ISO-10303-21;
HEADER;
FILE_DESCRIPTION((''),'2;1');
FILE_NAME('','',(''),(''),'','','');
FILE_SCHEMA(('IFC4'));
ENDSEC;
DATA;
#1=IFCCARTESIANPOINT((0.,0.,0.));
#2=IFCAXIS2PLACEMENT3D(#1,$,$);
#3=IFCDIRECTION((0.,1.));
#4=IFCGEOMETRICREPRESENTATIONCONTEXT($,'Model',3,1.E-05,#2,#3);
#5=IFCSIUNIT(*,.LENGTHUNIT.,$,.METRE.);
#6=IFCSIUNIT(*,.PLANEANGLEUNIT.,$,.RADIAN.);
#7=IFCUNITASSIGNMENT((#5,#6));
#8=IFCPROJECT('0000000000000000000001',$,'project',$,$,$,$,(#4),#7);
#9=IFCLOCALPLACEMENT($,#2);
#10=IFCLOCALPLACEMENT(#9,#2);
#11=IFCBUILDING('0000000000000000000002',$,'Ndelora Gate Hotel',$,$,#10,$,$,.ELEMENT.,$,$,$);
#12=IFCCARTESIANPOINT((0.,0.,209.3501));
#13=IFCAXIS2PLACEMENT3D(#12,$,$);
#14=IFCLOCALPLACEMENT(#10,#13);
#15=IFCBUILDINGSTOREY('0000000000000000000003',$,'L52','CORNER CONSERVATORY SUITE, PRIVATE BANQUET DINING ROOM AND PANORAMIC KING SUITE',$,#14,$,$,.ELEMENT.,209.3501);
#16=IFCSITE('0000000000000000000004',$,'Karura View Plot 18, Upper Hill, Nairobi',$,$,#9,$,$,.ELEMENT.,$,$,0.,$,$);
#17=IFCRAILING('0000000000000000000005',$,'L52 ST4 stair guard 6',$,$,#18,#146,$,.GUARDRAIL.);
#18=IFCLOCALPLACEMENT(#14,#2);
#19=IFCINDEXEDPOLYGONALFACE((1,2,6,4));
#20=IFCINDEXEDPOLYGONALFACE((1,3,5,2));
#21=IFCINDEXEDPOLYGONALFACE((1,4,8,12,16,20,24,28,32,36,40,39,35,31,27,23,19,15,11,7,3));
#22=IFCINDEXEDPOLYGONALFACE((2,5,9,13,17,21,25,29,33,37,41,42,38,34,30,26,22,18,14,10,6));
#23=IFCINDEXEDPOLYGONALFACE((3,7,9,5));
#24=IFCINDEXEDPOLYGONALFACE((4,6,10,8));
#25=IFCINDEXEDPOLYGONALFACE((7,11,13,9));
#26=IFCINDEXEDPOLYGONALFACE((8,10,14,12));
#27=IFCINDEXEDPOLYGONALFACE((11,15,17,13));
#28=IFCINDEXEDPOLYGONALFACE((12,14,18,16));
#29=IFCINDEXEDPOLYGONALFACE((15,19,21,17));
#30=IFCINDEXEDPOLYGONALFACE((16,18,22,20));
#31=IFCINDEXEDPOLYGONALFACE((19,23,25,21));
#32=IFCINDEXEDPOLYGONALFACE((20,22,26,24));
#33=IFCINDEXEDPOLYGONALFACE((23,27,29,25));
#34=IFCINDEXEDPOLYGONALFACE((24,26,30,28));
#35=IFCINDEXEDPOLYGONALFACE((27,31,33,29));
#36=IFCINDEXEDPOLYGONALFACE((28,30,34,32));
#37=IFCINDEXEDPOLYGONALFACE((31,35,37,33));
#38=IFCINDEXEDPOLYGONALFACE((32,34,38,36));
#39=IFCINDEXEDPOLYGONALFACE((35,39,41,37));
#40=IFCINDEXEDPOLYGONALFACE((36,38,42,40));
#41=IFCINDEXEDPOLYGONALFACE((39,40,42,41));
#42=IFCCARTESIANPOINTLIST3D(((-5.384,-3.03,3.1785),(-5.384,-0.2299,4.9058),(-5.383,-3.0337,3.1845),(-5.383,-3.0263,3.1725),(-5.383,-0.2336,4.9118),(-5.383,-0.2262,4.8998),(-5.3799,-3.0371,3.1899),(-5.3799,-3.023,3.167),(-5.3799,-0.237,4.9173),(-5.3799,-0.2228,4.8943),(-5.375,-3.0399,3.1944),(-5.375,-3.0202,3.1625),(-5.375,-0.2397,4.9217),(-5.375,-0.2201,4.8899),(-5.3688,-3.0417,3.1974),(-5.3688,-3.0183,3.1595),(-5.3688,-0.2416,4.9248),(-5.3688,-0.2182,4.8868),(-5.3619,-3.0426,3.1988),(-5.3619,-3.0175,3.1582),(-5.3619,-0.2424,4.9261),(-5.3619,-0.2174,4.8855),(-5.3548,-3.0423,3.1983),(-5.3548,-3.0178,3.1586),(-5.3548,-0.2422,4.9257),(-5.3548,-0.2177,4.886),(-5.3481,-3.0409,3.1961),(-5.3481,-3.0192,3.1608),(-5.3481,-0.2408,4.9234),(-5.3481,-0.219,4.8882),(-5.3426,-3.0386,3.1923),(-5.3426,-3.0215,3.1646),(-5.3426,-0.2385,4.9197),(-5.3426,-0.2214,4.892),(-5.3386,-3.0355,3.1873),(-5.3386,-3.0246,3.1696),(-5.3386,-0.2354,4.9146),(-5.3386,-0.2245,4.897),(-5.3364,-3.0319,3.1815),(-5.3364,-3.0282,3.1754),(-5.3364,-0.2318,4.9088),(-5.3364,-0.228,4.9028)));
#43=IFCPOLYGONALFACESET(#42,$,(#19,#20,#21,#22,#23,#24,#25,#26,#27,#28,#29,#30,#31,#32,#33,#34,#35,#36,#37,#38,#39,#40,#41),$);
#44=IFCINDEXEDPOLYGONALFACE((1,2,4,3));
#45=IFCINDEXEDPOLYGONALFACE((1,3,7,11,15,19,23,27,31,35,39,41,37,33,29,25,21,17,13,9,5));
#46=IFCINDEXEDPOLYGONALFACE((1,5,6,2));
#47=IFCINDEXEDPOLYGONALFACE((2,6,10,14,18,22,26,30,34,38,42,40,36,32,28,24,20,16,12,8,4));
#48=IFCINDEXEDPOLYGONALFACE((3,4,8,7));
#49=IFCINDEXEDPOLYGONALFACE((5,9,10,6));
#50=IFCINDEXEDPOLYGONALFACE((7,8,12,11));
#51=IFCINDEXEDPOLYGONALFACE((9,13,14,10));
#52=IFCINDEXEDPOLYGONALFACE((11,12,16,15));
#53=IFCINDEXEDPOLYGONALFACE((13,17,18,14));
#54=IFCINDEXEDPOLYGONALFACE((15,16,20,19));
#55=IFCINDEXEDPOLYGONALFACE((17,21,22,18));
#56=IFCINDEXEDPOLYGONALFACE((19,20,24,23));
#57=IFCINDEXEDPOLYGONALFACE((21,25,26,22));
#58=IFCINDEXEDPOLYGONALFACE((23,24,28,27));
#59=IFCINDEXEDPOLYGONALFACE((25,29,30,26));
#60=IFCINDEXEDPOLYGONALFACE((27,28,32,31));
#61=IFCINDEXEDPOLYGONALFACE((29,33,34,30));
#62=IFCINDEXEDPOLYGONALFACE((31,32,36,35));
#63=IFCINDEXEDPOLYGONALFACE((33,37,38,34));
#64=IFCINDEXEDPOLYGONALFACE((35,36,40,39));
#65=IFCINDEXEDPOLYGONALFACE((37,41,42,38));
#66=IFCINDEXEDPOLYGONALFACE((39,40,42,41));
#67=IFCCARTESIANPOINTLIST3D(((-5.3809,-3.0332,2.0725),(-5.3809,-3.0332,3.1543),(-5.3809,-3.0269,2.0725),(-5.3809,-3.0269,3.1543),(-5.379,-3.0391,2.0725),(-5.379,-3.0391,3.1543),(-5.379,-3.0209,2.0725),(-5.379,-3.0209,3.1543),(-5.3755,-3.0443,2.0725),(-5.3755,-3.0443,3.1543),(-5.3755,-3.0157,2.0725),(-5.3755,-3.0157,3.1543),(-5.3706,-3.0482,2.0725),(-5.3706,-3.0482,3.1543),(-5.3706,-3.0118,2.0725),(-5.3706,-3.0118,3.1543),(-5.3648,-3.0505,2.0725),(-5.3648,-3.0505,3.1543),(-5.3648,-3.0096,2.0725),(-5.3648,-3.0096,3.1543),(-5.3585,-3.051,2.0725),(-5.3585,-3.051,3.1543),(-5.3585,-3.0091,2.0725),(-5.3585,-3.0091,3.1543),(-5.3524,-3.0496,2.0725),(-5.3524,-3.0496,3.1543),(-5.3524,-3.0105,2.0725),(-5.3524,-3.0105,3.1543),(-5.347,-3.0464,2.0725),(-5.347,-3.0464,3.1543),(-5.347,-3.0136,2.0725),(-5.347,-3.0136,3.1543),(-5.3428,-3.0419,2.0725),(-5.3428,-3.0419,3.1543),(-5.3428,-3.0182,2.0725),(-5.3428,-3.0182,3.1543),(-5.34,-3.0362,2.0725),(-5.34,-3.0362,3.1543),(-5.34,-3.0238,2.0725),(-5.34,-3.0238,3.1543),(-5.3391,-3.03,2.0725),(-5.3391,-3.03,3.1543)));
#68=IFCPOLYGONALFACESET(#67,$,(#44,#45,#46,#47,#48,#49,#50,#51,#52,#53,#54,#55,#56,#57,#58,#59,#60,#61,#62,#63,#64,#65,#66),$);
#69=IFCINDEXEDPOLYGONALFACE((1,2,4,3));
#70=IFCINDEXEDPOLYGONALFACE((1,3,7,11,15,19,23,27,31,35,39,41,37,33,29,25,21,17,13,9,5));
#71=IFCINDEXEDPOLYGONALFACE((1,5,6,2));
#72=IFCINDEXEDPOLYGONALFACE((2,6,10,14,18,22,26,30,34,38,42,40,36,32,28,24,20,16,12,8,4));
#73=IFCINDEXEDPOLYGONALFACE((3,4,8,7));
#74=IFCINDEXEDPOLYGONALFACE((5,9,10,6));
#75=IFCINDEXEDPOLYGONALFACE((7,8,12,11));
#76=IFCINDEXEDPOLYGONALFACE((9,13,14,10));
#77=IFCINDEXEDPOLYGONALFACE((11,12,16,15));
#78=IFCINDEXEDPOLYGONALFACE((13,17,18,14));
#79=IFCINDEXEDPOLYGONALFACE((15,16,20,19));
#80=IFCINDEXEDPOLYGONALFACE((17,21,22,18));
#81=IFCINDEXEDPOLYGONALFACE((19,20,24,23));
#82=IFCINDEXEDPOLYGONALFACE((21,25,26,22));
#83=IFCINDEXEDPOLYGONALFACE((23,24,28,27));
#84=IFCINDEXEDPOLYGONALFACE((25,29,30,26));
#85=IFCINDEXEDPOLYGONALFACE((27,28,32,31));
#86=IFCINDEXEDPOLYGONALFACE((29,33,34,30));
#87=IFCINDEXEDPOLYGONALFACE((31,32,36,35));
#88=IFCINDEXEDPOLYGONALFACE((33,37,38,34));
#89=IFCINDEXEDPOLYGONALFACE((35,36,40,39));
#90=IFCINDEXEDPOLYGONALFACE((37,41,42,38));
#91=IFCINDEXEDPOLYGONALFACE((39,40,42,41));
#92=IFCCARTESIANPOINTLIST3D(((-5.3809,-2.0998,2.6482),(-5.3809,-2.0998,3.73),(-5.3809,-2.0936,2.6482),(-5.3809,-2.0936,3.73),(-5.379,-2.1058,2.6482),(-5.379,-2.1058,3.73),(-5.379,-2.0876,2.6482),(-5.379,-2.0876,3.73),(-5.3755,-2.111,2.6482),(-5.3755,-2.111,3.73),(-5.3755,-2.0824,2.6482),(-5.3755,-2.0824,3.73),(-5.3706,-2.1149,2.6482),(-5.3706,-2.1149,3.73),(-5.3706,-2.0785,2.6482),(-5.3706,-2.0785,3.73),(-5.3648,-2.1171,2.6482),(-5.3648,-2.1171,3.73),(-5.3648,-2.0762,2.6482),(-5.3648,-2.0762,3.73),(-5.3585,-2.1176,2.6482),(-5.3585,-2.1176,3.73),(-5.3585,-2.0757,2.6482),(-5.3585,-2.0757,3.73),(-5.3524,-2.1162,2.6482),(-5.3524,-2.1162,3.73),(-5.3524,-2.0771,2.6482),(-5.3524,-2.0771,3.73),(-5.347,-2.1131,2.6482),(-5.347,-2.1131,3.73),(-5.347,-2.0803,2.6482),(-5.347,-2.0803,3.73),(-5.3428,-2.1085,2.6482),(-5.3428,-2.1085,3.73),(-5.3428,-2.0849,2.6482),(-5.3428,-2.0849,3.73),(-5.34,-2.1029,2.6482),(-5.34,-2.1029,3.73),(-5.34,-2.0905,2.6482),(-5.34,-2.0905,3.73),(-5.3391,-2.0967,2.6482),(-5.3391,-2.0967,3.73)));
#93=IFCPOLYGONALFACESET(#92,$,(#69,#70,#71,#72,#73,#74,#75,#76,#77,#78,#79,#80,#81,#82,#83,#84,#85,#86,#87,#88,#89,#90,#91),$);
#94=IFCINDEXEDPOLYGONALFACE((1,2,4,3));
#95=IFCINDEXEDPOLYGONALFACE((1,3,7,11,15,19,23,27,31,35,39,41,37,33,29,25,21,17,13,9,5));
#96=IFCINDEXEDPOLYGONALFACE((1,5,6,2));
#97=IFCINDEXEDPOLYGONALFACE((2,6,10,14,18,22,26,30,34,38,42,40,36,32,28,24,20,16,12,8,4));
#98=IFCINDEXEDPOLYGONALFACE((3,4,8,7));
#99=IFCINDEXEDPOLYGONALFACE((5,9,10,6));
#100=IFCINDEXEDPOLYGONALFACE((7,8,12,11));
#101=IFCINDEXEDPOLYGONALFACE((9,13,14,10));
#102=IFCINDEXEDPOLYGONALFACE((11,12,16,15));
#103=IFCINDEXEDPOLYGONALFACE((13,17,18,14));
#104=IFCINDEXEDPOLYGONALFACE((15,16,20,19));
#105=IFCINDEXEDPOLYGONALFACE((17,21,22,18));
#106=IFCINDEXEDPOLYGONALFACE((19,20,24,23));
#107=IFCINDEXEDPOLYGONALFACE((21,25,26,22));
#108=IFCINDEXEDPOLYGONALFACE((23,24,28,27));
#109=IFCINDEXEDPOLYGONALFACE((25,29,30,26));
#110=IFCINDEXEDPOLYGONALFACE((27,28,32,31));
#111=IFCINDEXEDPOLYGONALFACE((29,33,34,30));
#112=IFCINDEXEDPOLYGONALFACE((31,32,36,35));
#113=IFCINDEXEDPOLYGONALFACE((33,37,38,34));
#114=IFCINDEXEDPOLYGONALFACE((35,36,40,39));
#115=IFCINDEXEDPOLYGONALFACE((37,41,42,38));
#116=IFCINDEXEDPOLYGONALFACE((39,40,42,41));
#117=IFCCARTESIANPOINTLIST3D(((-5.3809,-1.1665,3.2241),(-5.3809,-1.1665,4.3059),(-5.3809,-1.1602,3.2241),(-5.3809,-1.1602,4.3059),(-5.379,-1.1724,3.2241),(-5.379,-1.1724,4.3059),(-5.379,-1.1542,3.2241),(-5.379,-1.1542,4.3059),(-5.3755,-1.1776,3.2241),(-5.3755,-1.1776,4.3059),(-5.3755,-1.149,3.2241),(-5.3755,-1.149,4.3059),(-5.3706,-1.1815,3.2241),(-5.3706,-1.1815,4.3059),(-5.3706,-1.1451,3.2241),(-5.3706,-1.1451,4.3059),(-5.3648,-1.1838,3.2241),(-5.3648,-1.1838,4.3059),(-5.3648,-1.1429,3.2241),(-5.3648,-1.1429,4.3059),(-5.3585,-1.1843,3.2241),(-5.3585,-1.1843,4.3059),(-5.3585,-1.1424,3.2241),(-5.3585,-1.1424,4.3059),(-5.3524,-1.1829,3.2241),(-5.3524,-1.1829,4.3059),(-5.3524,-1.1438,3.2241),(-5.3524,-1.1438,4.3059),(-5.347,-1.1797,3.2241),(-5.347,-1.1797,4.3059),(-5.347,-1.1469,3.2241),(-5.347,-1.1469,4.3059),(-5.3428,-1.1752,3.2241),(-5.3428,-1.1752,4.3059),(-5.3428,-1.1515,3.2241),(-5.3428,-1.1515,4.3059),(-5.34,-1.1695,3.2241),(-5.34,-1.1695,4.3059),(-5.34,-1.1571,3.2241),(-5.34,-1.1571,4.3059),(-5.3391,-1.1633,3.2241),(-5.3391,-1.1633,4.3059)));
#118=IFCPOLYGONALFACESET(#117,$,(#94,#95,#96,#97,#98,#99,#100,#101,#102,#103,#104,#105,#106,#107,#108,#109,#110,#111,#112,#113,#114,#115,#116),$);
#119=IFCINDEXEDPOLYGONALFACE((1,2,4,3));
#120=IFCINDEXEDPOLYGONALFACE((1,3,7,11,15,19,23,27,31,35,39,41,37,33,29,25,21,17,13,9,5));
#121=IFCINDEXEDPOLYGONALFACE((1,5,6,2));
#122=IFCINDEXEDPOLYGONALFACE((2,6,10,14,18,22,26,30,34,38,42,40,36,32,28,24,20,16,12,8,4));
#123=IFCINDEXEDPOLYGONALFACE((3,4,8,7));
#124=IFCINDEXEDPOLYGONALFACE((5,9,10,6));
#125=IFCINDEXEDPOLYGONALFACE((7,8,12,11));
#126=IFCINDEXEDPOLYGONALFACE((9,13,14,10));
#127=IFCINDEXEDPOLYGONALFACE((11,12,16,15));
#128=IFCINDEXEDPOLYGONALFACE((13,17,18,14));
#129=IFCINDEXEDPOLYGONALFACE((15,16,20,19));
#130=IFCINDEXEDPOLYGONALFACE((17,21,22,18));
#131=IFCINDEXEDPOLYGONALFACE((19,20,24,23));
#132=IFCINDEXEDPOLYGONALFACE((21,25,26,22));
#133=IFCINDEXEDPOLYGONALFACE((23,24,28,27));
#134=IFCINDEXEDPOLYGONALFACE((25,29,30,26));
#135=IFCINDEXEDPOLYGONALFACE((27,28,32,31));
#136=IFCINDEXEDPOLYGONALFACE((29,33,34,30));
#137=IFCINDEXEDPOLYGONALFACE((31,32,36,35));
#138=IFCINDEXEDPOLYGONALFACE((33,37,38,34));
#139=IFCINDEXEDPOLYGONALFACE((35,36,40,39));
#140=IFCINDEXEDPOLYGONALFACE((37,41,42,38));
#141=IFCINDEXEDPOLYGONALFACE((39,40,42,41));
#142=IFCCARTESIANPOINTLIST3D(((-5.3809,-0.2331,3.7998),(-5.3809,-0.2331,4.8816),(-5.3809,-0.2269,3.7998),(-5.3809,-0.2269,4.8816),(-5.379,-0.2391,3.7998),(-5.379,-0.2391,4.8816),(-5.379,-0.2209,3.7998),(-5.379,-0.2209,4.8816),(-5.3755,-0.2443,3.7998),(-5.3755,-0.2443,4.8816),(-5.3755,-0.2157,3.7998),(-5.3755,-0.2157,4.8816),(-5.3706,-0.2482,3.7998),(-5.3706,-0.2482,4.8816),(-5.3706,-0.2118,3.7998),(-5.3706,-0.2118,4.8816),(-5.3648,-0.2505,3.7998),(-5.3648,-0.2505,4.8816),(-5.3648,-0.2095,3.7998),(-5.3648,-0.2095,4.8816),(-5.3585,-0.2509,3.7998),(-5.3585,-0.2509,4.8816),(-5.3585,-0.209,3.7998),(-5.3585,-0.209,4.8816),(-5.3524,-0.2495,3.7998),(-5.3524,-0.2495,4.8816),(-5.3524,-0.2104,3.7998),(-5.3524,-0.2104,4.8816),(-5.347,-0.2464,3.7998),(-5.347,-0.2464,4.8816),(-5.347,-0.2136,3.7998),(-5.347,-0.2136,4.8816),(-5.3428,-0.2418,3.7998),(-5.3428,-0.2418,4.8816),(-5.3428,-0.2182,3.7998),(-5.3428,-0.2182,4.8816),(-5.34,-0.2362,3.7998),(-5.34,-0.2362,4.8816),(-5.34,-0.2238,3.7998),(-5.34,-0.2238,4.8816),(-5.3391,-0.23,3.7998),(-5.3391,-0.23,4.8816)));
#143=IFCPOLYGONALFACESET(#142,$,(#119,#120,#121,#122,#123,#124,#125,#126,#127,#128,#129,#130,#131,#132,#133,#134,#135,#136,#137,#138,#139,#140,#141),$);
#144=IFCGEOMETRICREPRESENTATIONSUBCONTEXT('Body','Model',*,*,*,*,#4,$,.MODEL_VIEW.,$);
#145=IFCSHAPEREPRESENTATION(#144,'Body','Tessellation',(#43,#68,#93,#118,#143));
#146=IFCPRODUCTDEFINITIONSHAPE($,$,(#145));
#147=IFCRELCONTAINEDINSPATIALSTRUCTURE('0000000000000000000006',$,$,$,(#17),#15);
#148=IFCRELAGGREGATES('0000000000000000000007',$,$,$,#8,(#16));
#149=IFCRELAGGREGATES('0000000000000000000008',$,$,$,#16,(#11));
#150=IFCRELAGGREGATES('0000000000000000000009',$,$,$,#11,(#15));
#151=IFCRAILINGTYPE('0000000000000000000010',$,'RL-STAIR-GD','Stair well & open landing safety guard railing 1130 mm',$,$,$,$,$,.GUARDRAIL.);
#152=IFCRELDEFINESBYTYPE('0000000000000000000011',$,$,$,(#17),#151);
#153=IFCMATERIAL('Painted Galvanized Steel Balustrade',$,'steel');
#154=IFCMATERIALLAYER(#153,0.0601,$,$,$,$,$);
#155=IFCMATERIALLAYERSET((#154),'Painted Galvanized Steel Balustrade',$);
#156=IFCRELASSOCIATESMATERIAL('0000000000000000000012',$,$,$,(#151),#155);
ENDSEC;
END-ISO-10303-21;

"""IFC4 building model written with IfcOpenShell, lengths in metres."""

from ifc_helpers import new_model, si_unit, direction, frame, origin, origin_2d, place, context, subcontext, project, spatial, circle, extrude, material, layer, layer_set, type_object, element, save


model = new_model("IFC4")

# Units and contexts
model_context = context("Model", 3, precision=1e-05, world=origin(), true_north=direction((0.0, 1.0)))
body_context = subcontext(model_context, "Body", "Model", "MODEL_VIEW")
ifc_project = project(units=[si_unit("LENGTHUNIT", "METRE"), si_unit("PLANEANGLEUNIT", "RADIAN")], contexts=[model_context])

# Site, building, storey
site_placement = place(None, origin())
site = spatial("IfcSite", under=ifc_project, at=site_placement, Name="Karura View Plot 18, Upper Hill, Nairobi", CompositionType="ELEMENT", RefElevation=0.0)
building_placement = place(site_placement, origin())
building = spatial("IfcBuilding", under=site, at=building_placement, Name="Ndelora Gate Hotel", CompositionType="ELEMENT")
storey_placement = place(building_placement, frame((0.0, 0.0, 209.3501)))
storey = spatial("IfcBuildingStorey", under=building, at=storey_placement, Name="L52", Description="CORNER CONSERVATORY SUITE, PRIVATE BANQUET DINING ROOM AND PANORAMIC KING SUITE", CompositionType="ELEMENT", Elevation=209.3501)

# Railing
ifc_material_1 = material(Name="Painted Galvanized Steel Balustrade", Category="steel")
ifc_layer_1 = layer(ifc_material_1, 0.0601)
ifc_layer_set_1 = layer_set([ifc_layer_1], Name="Painted Galvanized Steel Balustrade")
railing_type_1 = type_object("IfcRailingType", Name="RL-STAIR-GD", Description="Stair well & open landing safety guard railing 1130 mm", PredefinedType="GUARDRAIL", material=ifc_layer_set_1)
railing_1_placement = place(storey_placement, frame((-5.3601, -3.03, 2.0725)))
element("IfcRailing", 1, at=railing_1_placement, inside=storey, type_object=railing_type_1, Name="L52 ST4 stair guard 6", PredefinedType="GUARDRAIL", context=body_context, shape_type="SweptSolid", body=[
    extrude(circle(Radius=0.0239, at=origin_2d()), frame((0.0, 0.0, 1.106), z_axis=(0.0, 0.85109, 0.52502), x_axis=(-1.0, 0.0, 0.0)), (0.0, 0.0, 1.0), 3.29),
    extrude(circle(Radius=0.021, at=origin_2d()), origin(), (0.0, 0.0, 1.0), 1.0818),
    extrude(circle(Radius=0.021, at=origin_2d()), frame((0.0, 0.9333, 0.5757)), (0.0, 0.0, 1.0), 1.0818),
    extrude(circle(Radius=0.021, at=origin_2d()), frame((0.0, 1.8667, 1.1516)), (0.0, 0.0, 1.0), 1.0818),
    extrude(circle(Radius=0.021, at=origin_2d()), frame((0.0, 2.8, 1.7273)), (0.0, 0.0, 1.0), 1.0818),
])

save(model, "model.ifc")
